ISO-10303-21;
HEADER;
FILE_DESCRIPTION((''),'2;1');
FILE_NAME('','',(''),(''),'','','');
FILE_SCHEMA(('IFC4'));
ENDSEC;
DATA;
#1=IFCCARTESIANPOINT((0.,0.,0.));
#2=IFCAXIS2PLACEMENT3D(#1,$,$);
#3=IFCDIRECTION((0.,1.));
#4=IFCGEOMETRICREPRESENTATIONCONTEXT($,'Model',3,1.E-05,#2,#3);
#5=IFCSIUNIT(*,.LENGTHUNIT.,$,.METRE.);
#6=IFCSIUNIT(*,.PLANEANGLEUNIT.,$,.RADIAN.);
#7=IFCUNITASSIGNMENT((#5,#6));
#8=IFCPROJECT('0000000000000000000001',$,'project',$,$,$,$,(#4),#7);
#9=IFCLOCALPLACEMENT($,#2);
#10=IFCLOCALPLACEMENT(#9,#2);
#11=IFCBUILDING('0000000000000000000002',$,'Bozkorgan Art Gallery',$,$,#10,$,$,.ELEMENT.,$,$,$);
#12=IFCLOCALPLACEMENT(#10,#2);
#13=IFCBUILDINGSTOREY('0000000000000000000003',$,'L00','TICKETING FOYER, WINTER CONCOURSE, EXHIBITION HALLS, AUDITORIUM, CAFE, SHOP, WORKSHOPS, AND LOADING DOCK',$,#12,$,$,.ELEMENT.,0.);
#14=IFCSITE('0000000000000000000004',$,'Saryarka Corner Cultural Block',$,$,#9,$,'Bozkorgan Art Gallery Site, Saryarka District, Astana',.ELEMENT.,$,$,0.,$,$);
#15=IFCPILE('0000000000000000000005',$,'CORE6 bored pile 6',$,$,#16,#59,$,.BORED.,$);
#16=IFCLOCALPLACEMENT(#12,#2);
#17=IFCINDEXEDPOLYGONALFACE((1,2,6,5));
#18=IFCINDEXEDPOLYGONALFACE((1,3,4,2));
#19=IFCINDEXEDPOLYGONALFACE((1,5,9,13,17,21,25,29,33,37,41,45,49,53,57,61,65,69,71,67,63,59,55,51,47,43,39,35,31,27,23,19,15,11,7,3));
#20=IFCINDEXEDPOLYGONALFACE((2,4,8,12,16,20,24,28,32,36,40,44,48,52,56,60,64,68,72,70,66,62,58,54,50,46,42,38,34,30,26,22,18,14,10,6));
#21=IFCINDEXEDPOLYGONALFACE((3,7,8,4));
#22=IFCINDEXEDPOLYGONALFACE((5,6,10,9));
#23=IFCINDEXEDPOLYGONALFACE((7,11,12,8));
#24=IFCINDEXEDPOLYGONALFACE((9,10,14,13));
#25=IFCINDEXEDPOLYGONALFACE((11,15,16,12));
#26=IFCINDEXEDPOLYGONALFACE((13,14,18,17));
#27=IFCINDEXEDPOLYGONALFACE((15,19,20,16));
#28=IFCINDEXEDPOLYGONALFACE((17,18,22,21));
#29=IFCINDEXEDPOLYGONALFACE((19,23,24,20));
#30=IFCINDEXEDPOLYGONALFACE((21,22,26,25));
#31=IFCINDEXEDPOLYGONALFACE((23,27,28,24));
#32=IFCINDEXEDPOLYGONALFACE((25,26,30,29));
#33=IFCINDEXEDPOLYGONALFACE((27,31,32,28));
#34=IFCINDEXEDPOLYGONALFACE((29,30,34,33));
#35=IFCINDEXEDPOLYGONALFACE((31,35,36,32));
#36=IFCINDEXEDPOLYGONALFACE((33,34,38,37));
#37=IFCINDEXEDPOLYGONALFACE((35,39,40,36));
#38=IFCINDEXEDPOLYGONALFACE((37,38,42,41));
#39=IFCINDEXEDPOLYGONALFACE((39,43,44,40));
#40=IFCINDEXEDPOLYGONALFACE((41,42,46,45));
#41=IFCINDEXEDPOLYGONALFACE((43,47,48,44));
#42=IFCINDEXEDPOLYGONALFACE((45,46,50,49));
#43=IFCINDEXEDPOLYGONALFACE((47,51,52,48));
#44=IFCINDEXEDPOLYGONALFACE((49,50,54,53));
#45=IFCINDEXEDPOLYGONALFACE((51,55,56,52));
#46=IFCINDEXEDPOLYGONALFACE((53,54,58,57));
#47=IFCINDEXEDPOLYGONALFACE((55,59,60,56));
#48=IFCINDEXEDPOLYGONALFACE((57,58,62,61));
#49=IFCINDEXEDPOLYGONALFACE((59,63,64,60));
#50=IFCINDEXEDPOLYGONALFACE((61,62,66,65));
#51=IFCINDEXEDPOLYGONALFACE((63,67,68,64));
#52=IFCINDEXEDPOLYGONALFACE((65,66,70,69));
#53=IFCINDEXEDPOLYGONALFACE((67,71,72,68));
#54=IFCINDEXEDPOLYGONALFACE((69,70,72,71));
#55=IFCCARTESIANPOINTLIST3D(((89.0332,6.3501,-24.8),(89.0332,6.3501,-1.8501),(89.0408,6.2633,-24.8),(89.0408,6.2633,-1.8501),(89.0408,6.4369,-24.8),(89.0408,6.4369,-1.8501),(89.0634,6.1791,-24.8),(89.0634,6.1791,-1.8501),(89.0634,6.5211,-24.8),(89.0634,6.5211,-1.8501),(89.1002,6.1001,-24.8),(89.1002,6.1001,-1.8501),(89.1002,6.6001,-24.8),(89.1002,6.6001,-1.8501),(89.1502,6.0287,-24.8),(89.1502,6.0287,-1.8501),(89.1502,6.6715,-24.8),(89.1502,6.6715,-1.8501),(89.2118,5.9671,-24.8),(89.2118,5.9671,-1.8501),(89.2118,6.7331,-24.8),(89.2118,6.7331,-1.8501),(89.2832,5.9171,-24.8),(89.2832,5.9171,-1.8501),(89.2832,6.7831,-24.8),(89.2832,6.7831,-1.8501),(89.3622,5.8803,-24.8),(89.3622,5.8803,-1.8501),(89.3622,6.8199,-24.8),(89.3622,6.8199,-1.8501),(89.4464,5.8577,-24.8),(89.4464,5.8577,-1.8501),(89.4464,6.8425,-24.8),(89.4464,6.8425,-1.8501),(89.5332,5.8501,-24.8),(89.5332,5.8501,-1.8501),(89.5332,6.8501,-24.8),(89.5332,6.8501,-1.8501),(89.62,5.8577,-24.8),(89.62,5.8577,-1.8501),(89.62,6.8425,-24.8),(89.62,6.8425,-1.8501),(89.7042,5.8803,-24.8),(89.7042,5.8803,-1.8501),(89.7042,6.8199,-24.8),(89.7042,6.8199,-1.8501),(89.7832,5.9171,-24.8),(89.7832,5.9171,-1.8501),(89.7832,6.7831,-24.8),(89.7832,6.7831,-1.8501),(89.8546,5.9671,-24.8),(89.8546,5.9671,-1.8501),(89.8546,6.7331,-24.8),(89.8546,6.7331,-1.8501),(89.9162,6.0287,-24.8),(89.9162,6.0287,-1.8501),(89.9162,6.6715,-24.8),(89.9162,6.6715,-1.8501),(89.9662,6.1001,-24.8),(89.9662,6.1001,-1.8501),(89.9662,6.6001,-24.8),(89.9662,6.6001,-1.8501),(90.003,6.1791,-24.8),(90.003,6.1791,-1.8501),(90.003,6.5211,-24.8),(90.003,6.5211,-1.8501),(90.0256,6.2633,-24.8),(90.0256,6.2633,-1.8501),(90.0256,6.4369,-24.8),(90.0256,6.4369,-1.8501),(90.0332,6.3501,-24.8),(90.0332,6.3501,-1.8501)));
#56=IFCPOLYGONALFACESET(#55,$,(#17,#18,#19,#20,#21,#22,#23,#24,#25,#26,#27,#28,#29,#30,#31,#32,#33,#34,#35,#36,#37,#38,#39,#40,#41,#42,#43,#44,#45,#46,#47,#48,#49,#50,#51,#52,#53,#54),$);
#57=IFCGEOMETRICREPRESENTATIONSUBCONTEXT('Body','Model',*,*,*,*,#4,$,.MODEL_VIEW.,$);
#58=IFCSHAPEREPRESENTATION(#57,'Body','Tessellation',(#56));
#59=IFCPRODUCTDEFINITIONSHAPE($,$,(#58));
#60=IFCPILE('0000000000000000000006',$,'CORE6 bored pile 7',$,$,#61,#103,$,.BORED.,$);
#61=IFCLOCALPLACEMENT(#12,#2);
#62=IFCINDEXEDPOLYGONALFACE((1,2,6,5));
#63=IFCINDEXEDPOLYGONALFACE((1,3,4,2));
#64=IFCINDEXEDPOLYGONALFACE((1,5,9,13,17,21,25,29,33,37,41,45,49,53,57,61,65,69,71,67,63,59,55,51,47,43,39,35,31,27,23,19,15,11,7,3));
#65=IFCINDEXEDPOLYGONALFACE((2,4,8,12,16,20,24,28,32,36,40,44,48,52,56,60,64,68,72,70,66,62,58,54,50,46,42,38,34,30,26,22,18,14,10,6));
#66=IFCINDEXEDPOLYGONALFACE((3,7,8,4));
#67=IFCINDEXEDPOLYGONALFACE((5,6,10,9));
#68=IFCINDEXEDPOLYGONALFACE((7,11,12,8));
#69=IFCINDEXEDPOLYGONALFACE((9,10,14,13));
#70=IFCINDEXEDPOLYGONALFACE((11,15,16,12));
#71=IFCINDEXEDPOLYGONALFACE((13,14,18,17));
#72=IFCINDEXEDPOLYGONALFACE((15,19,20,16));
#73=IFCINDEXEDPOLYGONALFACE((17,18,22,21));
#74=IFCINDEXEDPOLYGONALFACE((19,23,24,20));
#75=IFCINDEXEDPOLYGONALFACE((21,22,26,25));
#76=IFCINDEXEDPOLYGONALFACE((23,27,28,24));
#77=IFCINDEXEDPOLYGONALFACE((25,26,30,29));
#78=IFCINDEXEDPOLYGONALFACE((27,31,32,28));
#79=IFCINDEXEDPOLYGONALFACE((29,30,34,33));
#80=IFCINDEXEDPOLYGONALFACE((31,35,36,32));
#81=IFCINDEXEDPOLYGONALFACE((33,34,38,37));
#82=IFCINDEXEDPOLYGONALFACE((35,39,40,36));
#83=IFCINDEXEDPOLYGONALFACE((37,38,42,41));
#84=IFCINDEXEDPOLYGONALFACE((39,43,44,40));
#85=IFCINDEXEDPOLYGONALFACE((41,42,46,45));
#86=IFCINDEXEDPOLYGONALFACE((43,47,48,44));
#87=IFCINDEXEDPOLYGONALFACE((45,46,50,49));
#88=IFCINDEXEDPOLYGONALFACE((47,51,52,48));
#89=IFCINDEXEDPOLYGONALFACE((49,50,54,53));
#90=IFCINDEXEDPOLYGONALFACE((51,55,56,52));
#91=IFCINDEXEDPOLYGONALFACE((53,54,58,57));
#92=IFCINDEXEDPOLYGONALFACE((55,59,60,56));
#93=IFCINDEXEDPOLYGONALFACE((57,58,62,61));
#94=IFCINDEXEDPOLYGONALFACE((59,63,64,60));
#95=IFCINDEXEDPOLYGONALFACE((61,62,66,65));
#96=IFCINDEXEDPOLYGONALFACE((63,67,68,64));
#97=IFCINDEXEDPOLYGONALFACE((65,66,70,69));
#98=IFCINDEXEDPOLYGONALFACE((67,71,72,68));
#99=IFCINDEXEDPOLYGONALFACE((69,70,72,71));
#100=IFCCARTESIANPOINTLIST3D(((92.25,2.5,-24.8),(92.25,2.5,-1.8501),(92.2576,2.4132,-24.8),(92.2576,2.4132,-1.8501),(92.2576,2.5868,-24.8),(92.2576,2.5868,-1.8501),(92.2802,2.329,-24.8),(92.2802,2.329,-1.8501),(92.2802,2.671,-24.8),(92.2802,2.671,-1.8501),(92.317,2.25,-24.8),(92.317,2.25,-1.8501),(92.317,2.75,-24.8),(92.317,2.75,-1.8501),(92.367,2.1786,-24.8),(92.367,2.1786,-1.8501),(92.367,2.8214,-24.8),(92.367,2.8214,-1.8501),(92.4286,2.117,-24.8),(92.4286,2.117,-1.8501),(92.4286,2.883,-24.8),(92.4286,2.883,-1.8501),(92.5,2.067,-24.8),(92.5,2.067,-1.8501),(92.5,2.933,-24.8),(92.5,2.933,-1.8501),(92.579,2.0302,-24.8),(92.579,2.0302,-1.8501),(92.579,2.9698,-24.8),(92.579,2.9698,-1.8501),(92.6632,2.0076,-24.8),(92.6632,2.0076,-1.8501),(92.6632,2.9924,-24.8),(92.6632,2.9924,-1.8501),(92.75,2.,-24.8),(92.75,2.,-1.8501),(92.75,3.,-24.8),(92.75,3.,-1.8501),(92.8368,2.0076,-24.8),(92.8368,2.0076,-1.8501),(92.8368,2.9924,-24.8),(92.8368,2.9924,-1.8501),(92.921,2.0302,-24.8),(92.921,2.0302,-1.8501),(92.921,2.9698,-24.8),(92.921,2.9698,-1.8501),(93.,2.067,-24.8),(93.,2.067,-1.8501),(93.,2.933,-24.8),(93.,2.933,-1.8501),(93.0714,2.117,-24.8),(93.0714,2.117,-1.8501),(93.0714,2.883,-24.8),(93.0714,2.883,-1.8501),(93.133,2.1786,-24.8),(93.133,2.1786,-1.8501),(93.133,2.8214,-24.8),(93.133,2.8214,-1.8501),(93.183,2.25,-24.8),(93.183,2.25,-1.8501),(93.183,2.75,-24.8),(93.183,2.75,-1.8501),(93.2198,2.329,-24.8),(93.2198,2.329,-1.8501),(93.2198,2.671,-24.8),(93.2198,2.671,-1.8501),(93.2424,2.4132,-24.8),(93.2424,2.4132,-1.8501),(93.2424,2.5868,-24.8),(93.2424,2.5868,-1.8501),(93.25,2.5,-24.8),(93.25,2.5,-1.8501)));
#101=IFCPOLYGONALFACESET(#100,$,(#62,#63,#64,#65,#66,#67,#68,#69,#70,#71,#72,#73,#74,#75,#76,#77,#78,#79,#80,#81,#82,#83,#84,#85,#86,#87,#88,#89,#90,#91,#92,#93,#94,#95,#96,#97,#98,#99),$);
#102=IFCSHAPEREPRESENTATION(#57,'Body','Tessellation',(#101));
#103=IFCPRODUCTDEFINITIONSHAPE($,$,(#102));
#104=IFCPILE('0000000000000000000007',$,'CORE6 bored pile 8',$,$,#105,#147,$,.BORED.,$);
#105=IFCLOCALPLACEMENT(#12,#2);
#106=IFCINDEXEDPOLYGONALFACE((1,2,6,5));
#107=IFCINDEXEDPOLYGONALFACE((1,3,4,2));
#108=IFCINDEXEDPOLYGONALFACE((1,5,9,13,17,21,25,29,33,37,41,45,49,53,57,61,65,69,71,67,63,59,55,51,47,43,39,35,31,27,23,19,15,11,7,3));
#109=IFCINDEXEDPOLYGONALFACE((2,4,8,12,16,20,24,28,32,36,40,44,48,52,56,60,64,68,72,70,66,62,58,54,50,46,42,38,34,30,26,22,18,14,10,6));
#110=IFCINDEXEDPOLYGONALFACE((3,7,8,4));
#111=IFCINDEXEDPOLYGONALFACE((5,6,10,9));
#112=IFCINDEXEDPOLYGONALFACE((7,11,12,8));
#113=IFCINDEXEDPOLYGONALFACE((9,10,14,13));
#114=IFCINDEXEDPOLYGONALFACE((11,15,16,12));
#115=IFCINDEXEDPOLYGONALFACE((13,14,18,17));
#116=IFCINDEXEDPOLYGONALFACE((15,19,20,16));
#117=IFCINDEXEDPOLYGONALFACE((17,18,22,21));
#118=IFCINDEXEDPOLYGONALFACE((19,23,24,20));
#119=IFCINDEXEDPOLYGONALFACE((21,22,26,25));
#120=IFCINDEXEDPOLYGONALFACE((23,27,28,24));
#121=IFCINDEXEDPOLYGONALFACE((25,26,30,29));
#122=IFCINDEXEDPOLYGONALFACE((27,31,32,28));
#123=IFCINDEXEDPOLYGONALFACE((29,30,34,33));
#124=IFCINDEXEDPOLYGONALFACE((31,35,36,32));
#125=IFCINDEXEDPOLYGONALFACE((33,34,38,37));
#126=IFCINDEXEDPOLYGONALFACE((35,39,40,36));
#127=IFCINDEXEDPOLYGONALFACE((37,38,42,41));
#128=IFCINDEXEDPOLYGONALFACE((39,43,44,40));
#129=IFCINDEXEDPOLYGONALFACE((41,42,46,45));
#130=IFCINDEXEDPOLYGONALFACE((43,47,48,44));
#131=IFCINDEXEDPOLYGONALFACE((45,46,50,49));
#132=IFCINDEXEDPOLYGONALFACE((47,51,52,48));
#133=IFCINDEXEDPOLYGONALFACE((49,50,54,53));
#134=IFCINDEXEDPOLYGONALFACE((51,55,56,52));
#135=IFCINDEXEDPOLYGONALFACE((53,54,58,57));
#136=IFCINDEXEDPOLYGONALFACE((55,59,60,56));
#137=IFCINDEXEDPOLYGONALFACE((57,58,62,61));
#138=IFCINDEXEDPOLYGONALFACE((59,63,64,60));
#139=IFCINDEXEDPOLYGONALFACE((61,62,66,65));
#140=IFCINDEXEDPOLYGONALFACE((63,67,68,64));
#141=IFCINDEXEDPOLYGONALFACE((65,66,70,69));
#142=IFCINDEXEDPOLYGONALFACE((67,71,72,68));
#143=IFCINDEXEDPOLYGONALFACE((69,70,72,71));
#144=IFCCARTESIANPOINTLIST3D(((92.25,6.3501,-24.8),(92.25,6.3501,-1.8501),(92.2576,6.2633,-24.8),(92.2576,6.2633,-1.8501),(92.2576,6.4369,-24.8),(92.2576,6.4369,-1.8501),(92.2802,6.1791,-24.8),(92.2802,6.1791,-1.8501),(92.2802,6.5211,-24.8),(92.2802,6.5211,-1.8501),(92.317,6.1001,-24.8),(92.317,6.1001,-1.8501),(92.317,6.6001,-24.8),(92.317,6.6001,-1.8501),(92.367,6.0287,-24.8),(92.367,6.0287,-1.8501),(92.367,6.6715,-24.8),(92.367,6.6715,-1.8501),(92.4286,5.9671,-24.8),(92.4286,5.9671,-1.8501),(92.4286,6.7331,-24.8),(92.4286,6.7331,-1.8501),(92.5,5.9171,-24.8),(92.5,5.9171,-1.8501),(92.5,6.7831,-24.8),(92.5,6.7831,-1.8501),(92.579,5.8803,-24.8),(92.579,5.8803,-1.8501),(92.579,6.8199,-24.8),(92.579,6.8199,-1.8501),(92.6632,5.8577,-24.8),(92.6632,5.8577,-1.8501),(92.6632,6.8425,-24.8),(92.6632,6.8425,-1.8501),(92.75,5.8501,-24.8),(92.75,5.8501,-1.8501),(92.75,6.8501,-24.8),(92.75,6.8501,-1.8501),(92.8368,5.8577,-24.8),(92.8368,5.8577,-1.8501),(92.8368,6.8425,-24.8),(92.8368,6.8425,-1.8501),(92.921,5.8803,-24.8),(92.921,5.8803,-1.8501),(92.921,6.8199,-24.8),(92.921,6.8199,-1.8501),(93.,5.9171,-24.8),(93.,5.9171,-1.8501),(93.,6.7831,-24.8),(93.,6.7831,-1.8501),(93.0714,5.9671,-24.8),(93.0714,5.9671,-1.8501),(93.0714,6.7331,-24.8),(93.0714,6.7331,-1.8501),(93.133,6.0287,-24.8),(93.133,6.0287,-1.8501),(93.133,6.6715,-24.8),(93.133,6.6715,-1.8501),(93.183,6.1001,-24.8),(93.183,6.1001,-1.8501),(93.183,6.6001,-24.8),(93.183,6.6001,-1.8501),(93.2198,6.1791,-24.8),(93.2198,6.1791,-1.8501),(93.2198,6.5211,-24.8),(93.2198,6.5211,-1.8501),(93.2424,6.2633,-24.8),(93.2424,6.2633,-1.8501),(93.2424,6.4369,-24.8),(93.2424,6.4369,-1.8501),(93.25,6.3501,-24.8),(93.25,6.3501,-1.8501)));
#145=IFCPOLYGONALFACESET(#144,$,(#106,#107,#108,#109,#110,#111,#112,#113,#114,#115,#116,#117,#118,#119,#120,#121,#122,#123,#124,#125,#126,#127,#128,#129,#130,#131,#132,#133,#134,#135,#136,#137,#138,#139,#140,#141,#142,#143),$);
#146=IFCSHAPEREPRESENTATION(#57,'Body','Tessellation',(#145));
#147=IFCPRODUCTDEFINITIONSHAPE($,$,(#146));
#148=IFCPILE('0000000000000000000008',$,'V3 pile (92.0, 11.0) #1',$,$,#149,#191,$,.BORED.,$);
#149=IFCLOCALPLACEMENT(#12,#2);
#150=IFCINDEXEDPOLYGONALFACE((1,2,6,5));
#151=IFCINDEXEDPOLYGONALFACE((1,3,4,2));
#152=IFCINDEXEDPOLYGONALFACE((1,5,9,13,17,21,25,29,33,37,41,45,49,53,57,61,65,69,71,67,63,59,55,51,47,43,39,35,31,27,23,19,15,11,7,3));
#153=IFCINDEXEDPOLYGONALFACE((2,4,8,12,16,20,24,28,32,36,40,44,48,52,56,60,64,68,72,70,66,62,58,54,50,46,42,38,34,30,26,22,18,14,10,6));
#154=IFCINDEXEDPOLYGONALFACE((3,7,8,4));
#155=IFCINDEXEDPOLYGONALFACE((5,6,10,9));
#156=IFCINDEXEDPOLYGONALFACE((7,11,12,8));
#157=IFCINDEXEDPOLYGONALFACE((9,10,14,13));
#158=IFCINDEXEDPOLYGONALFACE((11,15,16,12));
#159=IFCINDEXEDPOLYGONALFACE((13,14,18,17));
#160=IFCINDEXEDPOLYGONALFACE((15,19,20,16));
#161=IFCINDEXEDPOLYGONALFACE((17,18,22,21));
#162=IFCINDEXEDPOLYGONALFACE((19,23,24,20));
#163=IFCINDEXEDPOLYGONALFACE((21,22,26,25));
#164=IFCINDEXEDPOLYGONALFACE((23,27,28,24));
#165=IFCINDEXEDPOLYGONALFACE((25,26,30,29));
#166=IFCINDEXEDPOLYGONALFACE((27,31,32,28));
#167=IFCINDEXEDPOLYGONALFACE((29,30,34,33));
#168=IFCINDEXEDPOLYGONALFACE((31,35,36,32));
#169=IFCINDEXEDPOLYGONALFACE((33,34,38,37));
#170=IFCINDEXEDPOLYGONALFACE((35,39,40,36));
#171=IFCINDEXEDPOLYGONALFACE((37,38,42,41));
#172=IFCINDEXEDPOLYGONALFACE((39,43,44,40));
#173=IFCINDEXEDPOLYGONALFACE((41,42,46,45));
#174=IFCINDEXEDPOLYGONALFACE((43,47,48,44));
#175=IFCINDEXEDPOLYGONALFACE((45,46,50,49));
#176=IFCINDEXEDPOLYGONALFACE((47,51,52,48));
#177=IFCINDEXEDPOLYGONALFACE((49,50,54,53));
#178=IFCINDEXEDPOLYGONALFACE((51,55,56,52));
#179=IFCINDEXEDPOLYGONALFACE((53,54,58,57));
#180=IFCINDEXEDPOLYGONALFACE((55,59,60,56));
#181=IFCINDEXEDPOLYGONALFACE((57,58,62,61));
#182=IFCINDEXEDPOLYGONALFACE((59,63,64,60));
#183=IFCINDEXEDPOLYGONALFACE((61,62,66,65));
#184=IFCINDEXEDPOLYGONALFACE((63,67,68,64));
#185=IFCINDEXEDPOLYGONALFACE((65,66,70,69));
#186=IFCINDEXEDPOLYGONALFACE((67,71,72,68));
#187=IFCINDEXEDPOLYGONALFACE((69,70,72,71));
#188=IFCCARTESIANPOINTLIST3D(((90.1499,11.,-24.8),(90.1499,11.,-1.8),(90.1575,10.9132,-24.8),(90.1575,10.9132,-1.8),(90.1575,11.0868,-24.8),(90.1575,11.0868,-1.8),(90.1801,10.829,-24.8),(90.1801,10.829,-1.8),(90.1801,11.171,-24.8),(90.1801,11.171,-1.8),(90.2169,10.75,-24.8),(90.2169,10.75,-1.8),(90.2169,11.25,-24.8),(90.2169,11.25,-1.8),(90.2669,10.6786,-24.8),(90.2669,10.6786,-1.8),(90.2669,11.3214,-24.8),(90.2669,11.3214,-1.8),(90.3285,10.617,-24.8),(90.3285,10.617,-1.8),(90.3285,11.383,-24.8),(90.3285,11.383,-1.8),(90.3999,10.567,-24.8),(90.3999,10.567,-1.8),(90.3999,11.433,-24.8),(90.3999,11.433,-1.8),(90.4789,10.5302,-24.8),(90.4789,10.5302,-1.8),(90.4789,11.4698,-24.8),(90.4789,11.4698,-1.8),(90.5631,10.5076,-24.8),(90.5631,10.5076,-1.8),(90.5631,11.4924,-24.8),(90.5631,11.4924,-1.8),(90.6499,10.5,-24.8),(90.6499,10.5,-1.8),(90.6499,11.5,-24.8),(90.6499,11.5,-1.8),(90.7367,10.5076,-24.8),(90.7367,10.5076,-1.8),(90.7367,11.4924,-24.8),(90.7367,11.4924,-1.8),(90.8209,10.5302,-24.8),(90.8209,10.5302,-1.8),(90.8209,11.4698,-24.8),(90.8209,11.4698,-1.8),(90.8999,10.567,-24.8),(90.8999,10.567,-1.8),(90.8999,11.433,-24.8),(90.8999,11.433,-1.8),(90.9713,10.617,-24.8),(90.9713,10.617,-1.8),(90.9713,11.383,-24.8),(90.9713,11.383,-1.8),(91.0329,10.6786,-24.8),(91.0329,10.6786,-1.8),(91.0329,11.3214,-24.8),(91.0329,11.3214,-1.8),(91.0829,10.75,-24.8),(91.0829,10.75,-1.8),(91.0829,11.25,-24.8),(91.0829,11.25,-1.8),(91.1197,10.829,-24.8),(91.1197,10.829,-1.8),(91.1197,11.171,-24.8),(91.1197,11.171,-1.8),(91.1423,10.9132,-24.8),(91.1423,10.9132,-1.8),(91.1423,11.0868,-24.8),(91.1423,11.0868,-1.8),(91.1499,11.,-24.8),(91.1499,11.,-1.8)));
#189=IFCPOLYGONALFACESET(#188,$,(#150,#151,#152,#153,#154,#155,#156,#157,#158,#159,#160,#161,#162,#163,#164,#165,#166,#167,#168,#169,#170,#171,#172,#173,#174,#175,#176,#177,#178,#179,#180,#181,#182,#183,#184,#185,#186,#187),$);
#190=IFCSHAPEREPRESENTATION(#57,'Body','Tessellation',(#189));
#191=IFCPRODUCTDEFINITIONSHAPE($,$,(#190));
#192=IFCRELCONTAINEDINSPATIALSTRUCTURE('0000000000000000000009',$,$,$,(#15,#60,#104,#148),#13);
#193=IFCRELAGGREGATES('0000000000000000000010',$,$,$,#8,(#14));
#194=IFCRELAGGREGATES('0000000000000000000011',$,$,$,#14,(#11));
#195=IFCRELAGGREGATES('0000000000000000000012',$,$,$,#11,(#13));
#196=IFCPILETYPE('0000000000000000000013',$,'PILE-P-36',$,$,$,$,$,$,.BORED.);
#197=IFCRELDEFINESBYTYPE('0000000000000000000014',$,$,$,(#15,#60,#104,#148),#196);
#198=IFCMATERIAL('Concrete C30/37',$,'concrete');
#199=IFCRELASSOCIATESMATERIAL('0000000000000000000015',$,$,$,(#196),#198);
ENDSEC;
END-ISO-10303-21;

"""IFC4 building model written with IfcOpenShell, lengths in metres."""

from ifc_helpers import new_model, si_unit, direction, frame, origin, origin_2d, place, context, subcontext, project, spatial, circle, extrude, material, material_profile, profile_set, type_object, element, save


model = new_model("IFC4")

# Units and contexts
model_context = context("Model", 3, precision=1e-05, world=origin(), true_north=direction((0.0, 1.0)))
body_context = subcontext(model_context, "Body", "Model", "MODEL_VIEW")
ifc_project = project(units=[si_unit("LENGTHUNIT", "METRE"), si_unit("PLANEANGLEUNIT", "RADIAN")], contexts=[model_context])

# Site, building, storey
site_placement = place(None, origin())
site = spatial("IfcSite", under=ifc_project, at=site_placement, Name="Saryarka Corner Cultural Block", LongName="Bozkorgan Art Gallery Site, Saryarka District, Astana", CompositionType="ELEMENT", RefElevation=0.0)
building_placement = place(site_placement, origin())
building = spatial("IfcBuilding", under=site, at=building_placement, Name="Bozkorgan Art Gallery", CompositionType="ELEMENT")
storey_placement = place(building_placement, origin())
storey = spatial("IfcBuildingStorey", under=building, at=storey_placement, Name="L00", Description="TICKETING FOYER, WINTER CONCOURSE, EXHIBITION HALLS, AUDITORIUM, CAFE, SHOP, WORKSHOPS, AND LOADING DOCK", CompositionType="ELEMENT", Elevation=0.0)

# Shared definitions
ifc_material_1 = material(Name="Concrete C30/37", Category="concrete")

# Piles
ifc_material_profile_1 = material_profile(ifc_material_1, circle(Radius=0.5, at=origin_2d()), Name="PILE D1000")
ifc_profile_set_1 = profile_set([ifc_material_profile_1], Name="Concrete C30/37")
pile_type = type_object("IfcPileType", Name="PILE-P-36", PredefinedType="BORED", material=ifc_profile_set_1)
for number, where, z_axis, x_axis, name in (
    (1, (89.5332, 6.3501, -1.8501), (0.0, 0.0, -1.0), (1.0, 0.0, 0.0), "CORE6 bored pile 6"),
    (2, (92.75, 2.5, -1.8501), (0.0, 0.0, -1.0), (1.0, 0.0, 0.0), "CORE6 bored pile 7"),
    (3, (92.75, 6.3501, -1.8501), (0.0, 0.0, -1.0), (1.0, 0.0, 0.0), "CORE6 bored pile 8"),
):
    element("IfcPile", number, at=place(storey_placement, frame(where, z_axis=z_axis, x_axis=x_axis)), inside=storey, type_object=pile_type, Name=name, PredefinedType="BORED", context=body_context, shape_type="SweptSolid", body=[
        extrude(circle(Radius=0.5, at=origin_2d()), origin(), (0.0, 0.0, 1.0), 22.95),
    ])
for number, where, z_axis, x_axis, name in (
    (4, (90.6499, 11.0, -1.8), (0.0, 0.0, -1.0), (1.0, 0.0, 0.0), "V3 pile (92.0, 11.0) #1"),
):
    element("IfcPile", number, at=place(storey_placement, frame(where, z_axis=z_axis, x_axis=x_axis)), inside=storey, type_object=pile_type, Name=name, PredefinedType="BORED", context=body_context, shape_type="SweptSolid", body=[
        extrude(circle(Radius=0.5, at=origin_2d()), origin(), (0.0, 0.0, 1.0), 23.0),
    ])

save(model, "model.ifc")
